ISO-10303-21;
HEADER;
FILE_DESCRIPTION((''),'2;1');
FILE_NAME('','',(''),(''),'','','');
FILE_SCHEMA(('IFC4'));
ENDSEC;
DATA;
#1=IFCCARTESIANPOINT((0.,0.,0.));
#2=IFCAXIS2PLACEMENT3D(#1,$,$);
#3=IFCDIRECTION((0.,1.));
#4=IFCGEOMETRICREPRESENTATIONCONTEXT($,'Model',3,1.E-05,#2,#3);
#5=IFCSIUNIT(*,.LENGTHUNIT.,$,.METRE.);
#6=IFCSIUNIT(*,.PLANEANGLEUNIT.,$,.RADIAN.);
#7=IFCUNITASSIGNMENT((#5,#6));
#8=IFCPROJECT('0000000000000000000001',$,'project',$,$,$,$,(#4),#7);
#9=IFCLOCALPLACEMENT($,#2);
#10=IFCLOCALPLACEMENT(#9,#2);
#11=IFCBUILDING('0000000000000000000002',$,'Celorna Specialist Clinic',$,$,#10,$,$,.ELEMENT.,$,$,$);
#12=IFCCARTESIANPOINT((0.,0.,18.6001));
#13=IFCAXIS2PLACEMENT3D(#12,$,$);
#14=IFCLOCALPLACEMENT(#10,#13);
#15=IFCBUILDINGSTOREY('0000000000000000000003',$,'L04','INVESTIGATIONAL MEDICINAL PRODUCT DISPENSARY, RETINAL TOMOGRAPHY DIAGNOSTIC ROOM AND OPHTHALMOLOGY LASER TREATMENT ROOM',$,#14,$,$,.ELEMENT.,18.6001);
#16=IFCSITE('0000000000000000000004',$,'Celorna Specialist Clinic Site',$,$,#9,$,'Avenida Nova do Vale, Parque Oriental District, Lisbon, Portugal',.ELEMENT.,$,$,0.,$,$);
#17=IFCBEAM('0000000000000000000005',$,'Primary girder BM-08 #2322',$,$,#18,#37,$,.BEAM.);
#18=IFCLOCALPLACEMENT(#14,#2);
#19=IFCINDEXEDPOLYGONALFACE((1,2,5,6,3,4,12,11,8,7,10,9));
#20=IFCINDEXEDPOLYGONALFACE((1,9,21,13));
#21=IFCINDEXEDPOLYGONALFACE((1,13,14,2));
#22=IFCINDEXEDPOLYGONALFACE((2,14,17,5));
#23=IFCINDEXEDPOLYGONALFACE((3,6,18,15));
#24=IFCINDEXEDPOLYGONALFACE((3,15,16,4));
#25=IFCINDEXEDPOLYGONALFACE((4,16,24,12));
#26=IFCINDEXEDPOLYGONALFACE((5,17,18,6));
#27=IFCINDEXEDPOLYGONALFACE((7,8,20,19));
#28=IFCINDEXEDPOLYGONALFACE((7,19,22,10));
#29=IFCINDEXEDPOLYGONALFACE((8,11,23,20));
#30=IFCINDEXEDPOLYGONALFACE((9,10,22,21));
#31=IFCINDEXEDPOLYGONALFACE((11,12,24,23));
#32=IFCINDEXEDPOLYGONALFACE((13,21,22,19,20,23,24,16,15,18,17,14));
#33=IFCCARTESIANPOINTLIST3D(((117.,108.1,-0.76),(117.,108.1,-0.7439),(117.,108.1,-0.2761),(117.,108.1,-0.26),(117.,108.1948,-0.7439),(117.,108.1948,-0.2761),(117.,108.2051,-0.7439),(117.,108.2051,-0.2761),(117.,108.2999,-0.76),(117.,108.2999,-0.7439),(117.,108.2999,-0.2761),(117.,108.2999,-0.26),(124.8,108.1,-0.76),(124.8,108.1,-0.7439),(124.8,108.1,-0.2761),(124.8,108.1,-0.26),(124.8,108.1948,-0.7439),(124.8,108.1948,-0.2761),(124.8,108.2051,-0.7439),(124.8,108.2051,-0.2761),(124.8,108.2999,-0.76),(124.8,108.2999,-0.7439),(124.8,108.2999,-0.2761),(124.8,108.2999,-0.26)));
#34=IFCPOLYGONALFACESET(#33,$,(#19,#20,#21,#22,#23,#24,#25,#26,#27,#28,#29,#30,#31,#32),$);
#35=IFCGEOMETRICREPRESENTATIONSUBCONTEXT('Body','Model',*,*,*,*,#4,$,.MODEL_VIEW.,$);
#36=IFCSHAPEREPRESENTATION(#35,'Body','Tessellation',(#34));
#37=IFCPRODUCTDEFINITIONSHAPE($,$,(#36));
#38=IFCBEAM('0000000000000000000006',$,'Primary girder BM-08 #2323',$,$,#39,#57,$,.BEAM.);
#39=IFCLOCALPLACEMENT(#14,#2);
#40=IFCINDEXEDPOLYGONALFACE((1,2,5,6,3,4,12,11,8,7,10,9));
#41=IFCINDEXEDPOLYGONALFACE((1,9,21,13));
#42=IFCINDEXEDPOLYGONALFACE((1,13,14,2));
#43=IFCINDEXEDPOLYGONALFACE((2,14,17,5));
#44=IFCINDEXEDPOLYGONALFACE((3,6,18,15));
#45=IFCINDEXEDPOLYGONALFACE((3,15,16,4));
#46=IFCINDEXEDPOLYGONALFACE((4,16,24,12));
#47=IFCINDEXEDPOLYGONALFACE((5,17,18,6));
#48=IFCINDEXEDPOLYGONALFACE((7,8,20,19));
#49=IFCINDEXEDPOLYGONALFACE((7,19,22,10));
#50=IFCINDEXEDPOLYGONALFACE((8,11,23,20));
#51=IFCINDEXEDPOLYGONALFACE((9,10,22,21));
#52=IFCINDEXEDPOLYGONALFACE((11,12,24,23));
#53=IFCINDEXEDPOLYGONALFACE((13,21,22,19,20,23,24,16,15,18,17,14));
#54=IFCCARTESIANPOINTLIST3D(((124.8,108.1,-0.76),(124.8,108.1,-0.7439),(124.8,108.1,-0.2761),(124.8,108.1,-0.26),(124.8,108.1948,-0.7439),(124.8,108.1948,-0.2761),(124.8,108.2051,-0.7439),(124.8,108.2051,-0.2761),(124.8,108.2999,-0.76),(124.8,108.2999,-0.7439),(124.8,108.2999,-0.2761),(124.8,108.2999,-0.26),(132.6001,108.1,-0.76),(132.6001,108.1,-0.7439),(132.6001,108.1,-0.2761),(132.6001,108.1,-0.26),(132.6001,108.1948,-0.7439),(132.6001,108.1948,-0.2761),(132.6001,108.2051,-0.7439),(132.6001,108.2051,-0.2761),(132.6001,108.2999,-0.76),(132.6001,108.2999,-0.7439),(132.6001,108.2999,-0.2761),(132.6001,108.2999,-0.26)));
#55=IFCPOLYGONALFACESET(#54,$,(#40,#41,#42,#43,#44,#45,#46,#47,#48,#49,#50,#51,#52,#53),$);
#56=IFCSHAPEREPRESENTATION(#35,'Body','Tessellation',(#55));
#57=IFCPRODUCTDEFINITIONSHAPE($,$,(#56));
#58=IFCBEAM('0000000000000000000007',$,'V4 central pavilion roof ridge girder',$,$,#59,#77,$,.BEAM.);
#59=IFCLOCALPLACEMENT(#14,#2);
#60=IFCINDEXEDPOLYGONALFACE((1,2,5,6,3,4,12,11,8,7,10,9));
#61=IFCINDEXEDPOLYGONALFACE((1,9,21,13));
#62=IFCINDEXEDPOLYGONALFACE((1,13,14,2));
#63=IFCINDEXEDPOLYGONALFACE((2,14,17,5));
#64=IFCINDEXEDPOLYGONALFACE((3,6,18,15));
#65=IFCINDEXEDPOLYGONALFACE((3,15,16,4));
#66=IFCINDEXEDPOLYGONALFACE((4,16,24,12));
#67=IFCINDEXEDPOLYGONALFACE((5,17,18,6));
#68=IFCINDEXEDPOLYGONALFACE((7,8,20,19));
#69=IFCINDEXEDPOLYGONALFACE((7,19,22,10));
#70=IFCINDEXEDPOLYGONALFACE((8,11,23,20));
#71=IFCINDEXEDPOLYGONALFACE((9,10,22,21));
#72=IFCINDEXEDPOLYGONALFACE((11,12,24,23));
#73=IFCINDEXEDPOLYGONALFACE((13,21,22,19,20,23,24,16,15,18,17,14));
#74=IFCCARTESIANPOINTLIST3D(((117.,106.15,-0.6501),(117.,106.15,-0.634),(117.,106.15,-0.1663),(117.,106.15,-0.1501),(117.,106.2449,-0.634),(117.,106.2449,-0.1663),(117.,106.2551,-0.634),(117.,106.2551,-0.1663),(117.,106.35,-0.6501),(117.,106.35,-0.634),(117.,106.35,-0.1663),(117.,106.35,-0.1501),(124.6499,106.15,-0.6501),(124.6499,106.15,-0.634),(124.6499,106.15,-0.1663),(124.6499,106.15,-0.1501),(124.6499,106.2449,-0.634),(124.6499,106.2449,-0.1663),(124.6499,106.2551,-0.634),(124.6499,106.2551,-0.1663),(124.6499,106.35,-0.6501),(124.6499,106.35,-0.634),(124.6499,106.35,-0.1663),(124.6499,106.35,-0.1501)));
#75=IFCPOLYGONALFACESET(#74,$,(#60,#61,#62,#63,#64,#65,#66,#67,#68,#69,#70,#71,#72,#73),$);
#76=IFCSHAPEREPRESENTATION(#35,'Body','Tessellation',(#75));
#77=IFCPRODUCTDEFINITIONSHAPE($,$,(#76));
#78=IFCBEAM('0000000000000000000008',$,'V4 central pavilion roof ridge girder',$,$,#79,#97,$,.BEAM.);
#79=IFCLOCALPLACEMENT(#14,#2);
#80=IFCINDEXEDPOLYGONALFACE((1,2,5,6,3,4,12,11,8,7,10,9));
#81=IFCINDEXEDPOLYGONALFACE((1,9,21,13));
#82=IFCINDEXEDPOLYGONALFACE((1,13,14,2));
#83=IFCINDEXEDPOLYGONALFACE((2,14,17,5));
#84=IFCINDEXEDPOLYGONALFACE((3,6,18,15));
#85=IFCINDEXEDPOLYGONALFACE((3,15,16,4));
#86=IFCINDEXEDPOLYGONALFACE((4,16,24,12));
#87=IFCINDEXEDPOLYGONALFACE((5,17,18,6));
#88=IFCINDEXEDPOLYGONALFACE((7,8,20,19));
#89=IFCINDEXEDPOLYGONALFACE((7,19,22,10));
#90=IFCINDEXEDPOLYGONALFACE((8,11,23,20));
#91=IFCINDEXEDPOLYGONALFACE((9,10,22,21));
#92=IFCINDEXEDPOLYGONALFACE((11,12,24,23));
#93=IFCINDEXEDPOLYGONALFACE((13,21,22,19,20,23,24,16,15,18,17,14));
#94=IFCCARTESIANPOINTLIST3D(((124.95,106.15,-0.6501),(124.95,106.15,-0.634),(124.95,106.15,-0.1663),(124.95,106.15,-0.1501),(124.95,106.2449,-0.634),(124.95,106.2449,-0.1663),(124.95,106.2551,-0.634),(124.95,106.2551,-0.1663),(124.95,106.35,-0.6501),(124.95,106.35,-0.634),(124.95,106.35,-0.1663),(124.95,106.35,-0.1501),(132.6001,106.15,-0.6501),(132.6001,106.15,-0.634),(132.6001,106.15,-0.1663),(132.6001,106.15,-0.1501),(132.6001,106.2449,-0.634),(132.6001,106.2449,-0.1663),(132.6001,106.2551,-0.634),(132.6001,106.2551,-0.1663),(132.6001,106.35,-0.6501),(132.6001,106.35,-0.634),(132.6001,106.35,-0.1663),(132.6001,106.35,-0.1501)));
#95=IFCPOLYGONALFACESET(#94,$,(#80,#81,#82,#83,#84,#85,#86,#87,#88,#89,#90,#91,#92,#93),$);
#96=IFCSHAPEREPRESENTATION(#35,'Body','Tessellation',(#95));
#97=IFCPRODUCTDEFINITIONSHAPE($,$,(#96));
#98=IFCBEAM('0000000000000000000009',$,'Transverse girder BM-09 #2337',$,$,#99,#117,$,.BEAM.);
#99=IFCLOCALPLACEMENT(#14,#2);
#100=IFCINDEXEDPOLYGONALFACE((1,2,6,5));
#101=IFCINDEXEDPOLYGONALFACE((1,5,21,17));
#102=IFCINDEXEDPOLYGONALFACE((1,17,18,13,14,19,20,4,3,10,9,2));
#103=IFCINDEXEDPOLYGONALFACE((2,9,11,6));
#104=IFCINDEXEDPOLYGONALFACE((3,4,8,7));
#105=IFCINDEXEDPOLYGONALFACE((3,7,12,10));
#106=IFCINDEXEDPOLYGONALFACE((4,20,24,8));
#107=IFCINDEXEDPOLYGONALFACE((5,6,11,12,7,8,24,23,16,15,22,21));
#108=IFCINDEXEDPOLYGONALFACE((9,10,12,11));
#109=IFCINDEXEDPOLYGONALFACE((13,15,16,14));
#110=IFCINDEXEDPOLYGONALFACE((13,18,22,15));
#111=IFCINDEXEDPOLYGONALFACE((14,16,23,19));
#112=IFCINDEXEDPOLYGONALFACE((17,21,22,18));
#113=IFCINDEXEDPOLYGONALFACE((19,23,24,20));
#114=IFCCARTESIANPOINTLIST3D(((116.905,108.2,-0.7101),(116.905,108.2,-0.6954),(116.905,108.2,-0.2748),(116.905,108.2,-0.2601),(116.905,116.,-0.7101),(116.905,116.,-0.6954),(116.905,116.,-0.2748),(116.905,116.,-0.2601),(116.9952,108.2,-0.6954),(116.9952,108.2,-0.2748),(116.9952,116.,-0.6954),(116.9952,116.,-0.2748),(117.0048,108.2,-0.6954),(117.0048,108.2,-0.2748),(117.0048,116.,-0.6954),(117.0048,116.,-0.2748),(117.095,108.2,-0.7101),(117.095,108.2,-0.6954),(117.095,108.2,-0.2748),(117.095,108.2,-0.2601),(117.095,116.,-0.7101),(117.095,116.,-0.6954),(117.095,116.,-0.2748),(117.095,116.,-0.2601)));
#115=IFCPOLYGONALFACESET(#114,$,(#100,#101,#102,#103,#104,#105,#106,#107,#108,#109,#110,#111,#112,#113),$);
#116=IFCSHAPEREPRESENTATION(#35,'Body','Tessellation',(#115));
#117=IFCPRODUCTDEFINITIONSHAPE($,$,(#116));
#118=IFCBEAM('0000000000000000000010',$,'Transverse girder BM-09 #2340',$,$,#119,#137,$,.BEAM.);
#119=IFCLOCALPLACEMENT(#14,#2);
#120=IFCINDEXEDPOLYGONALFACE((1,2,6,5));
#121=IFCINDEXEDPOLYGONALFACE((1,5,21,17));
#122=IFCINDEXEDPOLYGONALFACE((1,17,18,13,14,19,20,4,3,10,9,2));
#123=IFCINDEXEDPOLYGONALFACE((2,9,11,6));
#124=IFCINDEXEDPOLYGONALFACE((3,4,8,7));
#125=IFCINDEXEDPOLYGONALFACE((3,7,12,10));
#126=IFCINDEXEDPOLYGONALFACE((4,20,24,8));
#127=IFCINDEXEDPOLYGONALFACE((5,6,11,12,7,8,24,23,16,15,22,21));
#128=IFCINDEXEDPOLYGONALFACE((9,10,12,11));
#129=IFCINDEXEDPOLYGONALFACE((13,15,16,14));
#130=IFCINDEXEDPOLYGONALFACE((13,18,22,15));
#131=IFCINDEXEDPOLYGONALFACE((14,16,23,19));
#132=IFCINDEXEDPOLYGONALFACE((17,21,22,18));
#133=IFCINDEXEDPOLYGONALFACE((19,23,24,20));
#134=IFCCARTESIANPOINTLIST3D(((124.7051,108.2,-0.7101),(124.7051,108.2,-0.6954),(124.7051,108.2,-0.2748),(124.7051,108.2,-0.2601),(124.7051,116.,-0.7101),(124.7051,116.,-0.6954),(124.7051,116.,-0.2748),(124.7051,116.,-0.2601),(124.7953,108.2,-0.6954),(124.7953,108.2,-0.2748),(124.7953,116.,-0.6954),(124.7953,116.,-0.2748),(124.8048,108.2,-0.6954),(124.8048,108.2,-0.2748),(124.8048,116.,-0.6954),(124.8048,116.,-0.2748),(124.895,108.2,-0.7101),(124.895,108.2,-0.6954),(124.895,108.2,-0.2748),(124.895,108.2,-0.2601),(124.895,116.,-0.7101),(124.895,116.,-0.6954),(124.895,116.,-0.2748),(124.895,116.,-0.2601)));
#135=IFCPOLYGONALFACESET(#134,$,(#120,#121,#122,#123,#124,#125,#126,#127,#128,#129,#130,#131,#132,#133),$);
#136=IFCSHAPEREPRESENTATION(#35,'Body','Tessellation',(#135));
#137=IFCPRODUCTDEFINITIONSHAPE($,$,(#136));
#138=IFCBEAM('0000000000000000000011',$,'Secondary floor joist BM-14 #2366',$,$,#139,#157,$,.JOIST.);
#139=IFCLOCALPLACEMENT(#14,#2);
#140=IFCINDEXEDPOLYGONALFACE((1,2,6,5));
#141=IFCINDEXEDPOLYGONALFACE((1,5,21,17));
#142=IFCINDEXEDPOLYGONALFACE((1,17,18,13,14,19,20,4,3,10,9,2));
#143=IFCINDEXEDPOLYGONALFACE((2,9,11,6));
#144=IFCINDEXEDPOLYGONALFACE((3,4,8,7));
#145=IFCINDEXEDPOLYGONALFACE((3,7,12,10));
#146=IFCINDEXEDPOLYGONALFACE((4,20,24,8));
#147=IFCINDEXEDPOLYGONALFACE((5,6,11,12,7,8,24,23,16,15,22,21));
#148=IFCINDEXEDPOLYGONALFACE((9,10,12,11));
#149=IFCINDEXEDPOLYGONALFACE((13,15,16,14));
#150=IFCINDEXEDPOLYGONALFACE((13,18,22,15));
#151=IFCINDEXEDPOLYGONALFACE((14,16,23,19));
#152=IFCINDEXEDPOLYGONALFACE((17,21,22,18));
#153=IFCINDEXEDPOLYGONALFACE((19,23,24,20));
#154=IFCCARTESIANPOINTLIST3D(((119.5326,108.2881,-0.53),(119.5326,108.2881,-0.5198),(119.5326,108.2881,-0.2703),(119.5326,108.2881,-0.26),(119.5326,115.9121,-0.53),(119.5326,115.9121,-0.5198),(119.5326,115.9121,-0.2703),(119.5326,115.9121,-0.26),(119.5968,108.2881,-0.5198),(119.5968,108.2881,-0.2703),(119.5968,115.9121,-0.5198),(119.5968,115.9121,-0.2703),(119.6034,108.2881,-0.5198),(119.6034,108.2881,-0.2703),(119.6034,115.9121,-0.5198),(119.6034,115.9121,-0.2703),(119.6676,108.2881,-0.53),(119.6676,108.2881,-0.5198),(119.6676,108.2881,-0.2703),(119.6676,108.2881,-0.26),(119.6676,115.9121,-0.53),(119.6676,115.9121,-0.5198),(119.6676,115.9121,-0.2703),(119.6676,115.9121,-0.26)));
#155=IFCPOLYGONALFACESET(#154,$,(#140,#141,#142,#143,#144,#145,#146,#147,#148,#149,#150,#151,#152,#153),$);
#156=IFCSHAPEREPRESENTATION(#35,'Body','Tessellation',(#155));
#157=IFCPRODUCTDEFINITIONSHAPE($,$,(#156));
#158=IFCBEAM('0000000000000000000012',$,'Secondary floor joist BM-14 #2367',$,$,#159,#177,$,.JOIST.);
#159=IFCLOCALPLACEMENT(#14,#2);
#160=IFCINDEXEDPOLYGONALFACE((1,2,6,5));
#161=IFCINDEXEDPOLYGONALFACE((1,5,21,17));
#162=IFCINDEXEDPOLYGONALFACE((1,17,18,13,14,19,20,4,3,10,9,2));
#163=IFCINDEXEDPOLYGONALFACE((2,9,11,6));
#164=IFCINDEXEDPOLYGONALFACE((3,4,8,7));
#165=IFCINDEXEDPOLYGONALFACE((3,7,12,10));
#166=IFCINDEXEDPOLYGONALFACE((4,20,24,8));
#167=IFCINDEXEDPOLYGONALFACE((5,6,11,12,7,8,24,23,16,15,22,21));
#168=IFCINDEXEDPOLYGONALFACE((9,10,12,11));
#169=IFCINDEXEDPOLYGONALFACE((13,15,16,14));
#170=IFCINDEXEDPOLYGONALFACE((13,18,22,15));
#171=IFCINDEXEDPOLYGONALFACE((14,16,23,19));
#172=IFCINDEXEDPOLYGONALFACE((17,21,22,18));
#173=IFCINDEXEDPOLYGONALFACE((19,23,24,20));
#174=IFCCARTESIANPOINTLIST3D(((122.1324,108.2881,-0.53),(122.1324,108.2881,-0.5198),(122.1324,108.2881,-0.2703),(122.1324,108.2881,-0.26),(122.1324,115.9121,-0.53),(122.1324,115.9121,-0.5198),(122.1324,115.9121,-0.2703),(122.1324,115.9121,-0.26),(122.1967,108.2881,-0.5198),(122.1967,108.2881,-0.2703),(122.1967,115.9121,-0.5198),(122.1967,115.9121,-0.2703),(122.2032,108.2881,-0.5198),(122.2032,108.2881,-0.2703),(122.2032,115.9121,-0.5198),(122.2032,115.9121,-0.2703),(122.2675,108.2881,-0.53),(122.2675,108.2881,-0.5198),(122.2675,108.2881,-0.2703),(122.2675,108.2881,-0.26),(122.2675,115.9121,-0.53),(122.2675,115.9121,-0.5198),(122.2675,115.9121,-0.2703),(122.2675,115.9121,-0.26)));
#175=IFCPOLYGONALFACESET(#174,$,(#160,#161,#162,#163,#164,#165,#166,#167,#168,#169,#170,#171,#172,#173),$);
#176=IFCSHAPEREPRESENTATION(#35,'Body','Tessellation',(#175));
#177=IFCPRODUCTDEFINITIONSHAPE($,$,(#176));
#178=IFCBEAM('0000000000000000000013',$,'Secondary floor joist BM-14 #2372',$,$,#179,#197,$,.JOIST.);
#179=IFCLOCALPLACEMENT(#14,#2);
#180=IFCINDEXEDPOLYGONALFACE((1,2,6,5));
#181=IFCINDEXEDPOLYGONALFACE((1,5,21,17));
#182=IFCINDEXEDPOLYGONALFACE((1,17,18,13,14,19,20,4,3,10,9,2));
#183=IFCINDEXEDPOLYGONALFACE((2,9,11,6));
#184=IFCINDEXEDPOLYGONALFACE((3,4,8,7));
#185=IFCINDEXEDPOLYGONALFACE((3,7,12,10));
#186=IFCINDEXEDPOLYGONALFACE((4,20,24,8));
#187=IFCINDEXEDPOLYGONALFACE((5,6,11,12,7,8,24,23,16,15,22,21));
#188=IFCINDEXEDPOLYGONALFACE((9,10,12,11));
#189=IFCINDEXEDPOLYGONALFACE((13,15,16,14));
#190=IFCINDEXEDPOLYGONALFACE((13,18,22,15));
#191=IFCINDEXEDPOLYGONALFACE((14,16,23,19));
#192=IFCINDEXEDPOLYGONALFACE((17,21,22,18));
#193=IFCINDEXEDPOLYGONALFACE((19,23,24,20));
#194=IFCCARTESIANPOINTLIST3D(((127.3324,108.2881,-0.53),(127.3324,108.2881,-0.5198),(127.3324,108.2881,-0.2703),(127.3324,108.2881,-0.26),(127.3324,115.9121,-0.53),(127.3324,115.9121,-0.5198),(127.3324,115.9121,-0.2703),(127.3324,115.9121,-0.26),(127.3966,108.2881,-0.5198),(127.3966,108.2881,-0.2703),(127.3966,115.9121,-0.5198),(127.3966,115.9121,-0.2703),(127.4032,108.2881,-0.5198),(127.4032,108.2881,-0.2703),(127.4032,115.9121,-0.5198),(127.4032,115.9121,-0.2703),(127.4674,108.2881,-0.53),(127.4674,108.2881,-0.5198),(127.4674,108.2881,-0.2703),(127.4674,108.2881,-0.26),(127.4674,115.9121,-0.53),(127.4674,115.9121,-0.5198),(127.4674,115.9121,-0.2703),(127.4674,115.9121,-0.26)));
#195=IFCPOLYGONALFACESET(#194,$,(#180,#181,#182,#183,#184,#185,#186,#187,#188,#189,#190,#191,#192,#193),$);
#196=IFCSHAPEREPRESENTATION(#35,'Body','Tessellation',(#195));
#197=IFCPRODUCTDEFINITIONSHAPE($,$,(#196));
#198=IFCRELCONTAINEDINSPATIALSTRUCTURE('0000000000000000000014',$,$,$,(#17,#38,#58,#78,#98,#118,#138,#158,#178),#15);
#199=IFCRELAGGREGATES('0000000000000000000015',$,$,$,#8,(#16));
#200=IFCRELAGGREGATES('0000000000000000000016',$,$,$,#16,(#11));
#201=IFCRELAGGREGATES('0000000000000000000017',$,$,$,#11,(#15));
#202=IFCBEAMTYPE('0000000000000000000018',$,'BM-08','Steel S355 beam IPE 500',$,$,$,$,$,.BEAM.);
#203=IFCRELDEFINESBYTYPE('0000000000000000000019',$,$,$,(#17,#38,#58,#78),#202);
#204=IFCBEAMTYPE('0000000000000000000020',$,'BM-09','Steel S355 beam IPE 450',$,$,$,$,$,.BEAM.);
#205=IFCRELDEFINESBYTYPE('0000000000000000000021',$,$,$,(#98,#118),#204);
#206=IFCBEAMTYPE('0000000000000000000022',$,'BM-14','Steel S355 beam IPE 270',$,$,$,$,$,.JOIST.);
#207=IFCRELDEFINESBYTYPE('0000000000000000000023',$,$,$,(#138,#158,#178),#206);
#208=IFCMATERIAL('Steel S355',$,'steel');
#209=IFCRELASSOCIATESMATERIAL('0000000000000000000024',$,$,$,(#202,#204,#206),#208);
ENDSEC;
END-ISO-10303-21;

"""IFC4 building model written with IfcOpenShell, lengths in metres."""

from ifc_helpers import new_model, si_unit, direction, frame, origin, origin_2d, place, context, subcontext, project, spatial, i_section, extrude, material, material_profile, profile_set, type_object, element, save


model = new_model("IFC4")

# Units and contexts
model_context = context("Model", 3, precision=1e-05, world=origin(), true_north=direction((0.0, 1.0)))
body_context = subcontext(model_context, "Body", "Model", "MODEL_VIEW")
ifc_project = project(units=[si_unit("LENGTHUNIT", "METRE"), si_unit("PLANEANGLEUNIT", "RADIAN")], contexts=[model_context])

# Site, building, storey
site_placement = place(None, origin())
site = spatial("IfcSite", under=ifc_project, at=site_placement, Name="Celorna Specialist Clinic Site", LongName="Avenida Nova do Vale, Parque Oriental District, Lisbon, Portugal", CompositionType="ELEMENT", RefElevation=0.0)
building_placement = place(site_placement, origin())
building = spatial("IfcBuilding", under=site, at=building_placement, Name="Celorna Specialist Clinic", CompositionType="ELEMENT")
storey_placement = place(building_placement, frame((0.0, 0.0, 18.6001)))
storey = spatial("IfcBuildingStorey", under=building, at=storey_placement, Name="L04", Description="INVESTIGATIONAL MEDICINAL PRODUCT DISPENSARY, RETINAL TOMOGRAPHY DIAGNOSTIC ROOM AND OPHTHALMOLOGY LASER TREATMENT ROOM", CompositionType="ELEMENT", Elevation=18.6001)

# Beams
ifc_material_1 = material(Name="Steel S355", Category="steel")
ifc_material_profile_1 = material_profile(ifc_material_1, i_section(OverallWidth=0.2, OverallDepth=0.5, WebThickness=0.0103, FlangeThickness=0.0161, at=origin_2d()), Name="IPE 500")
ifc_profile_set_1 = profile_set([ifc_material_profile_1], Name="Steel S355")
beam_type_1 = type_object("IfcBeamType", Name="BM-08", Description="Steel S355 beam IPE 500", PredefinedType="BEAM", material=ifc_profile_set_1)
for number, where, z_axis, x_axis, name in (
    (1, (117.0, 108.2, -0.51), (1.0, 0.0, 0.0), (0.0, 1.0, 0.0), "Primary girder BM-08 #2322"),
    (2, (124.8, 108.2, -0.51), (1.0, 0.0, 0.0), (0.0, 1.0, 0.0), "Primary girder BM-08 #2323"),
):
    element("IfcBeam", number, at=place(storey_placement, frame(where, z_axis=z_axis, x_axis=x_axis)), inside=storey, type_object=beam_type_1, Name=name, PredefinedType="BEAM", context=body_context, shape_type="SweptSolid", body=[
        extrude(i_section(OverallWidth=0.2, OverallDepth=0.5, WebThickness=0.0103, FlangeThickness=0.0161, at=origin_2d()), origin(), (0.0, 0.0, 1.0), 7.8),
    ])
beam_1_placement = place(storey_placement, frame((117.0, 106.25, -0.4001), z_axis=(1.0, 0.0, 0.0), x_axis=(0.0, 1.0, 0.0)))
element("IfcBeam", 3, at=beam_1_placement, inside=storey, type_object=beam_type_1, Name="V4 central pavilion roof ridge girder", PredefinedType="BEAM", context=body_context, shape_type="SweptSolid", body=[
    extrude(i_section(OverallWidth=0.2, OverallDepth=0.5, WebThickness=0.0103, FlangeThickness=0.0161, at=origin_2d()), origin(), (0.0, 0.0, 1.0), 7.6499),
])
beam_2_placement = place(storey_placement, frame((124.95, 106.25, -0.4001), z_axis=(1.0, 0.0, 0.0), x_axis=(0.0, 1.0, 0.0)))
element("IfcBeam", 4, at=beam_2_placement, inside=storey, type_object=beam_type_1, Name="V4 central pavilion roof ridge girder", PredefinedType="BEAM", context=body_context, shape_type="SweptSolid", body=[
    extrude(i_section(OverallWidth=0.2, OverallDepth=0.5, WebThickness=0.0103, FlangeThickness=0.0161, at=origin_2d()), origin(), (0.0, 0.0, 1.0), 7.6501),
])
ifc_material_profile_2 = material_profile(ifc_material_1, i_section(OverallWidth=0.1899, OverallDepth=0.45, WebThickness=0.0095, FlangeThickness=0.0146, at=origin_2d()), Name="IPE 450")
ifc_profile_set_2 = profile_set([ifc_material_profile_2], Name="Steel S355")
beam_type_2 = type_object("IfcBeamType", Name="BM-09", Description="Steel S355 beam IPE 450", PredefinedType="BEAM", material=ifc_profile_set_2)
for number, where, z_axis, x_axis, name in (
    (5, (117.0, 108.2, -0.4851), (0.0, 1.0, 0.0), (-1.0, 0.0, 0.0), "Transverse girder BM-09 #2337"),
    (6, (124.8, 108.2, -0.4851), (0.0, 1.0, 0.0), (-1.0, 0.0, 0.0), "Transverse girder BM-09 #2340"),
):
    element("IfcBeam", number, at=place(storey_placement, frame(where, z_axis=z_axis, x_axis=x_axis)), inside=storey, type_object=beam_type_2, Name=name, PredefinedType="BEAM", context=body_context, shape_type="SweptSolid", body=[
        extrude(i_section(OverallWidth=0.1899, OverallDepth=0.45, WebThickness=0.0095, FlangeThickness=0.0146, at=origin_2d()), origin(), (0.0, 0.0, 1.0), 7.8),
    ])
ifc_material_profile_3 = material_profile(ifc_material_1, i_section(OverallWidth=0.135, OverallDepth=0.27, WebThickness=0.0066, FlangeThickness=0.0103, at=origin_2d()), Name="IPE 270")
ifc_profile_set_3 = profile_set([ifc_material_profile_3], Name="Steel S355")
beam_type_3 = type_object("IfcBeamType", Name="BM-14", Description="Steel S355 beam IPE 270", PredefinedType="JOIST", material=ifc_profile_set_3)
for number, where, z_axis, x_axis, name in (
    (7, (119.6001, 108.2881, -0.395), (0.0, 1.0, 0.0), (-1.0, 0.0, 0.0), "Secondary floor joist BM-14 #2366"),
    (8, (122.2, 108.2881, -0.395), (0.0, 1.0, 0.0), (-1.0, 0.0, 0.0), "Secondary floor joist BM-14 #2367"),
    (9, (127.3999, 108.2881, -0.395), (0.0, 1.0, 0.0), (-1.0, 0.0, 0.0), "Secondary floor joist BM-14 #2372"),
):
    element("IfcBeam", number, at=place(storey_placement, frame(where, z_axis=z_axis, x_axis=x_axis)), inside=storey, type_object=beam_type_3, Name=name, PredefinedType="JOIST", context=body_context, shape_type="SweptSolid", body=[
        extrude(i_section(OverallWidth=0.135, OverallDepth=0.27, WebThickness=0.0066, FlangeThickness=0.0103, at=origin_2d()), origin(), (0.0, 0.0, 1.0), 7.624),
    ])

save(model, "model.ifc")
